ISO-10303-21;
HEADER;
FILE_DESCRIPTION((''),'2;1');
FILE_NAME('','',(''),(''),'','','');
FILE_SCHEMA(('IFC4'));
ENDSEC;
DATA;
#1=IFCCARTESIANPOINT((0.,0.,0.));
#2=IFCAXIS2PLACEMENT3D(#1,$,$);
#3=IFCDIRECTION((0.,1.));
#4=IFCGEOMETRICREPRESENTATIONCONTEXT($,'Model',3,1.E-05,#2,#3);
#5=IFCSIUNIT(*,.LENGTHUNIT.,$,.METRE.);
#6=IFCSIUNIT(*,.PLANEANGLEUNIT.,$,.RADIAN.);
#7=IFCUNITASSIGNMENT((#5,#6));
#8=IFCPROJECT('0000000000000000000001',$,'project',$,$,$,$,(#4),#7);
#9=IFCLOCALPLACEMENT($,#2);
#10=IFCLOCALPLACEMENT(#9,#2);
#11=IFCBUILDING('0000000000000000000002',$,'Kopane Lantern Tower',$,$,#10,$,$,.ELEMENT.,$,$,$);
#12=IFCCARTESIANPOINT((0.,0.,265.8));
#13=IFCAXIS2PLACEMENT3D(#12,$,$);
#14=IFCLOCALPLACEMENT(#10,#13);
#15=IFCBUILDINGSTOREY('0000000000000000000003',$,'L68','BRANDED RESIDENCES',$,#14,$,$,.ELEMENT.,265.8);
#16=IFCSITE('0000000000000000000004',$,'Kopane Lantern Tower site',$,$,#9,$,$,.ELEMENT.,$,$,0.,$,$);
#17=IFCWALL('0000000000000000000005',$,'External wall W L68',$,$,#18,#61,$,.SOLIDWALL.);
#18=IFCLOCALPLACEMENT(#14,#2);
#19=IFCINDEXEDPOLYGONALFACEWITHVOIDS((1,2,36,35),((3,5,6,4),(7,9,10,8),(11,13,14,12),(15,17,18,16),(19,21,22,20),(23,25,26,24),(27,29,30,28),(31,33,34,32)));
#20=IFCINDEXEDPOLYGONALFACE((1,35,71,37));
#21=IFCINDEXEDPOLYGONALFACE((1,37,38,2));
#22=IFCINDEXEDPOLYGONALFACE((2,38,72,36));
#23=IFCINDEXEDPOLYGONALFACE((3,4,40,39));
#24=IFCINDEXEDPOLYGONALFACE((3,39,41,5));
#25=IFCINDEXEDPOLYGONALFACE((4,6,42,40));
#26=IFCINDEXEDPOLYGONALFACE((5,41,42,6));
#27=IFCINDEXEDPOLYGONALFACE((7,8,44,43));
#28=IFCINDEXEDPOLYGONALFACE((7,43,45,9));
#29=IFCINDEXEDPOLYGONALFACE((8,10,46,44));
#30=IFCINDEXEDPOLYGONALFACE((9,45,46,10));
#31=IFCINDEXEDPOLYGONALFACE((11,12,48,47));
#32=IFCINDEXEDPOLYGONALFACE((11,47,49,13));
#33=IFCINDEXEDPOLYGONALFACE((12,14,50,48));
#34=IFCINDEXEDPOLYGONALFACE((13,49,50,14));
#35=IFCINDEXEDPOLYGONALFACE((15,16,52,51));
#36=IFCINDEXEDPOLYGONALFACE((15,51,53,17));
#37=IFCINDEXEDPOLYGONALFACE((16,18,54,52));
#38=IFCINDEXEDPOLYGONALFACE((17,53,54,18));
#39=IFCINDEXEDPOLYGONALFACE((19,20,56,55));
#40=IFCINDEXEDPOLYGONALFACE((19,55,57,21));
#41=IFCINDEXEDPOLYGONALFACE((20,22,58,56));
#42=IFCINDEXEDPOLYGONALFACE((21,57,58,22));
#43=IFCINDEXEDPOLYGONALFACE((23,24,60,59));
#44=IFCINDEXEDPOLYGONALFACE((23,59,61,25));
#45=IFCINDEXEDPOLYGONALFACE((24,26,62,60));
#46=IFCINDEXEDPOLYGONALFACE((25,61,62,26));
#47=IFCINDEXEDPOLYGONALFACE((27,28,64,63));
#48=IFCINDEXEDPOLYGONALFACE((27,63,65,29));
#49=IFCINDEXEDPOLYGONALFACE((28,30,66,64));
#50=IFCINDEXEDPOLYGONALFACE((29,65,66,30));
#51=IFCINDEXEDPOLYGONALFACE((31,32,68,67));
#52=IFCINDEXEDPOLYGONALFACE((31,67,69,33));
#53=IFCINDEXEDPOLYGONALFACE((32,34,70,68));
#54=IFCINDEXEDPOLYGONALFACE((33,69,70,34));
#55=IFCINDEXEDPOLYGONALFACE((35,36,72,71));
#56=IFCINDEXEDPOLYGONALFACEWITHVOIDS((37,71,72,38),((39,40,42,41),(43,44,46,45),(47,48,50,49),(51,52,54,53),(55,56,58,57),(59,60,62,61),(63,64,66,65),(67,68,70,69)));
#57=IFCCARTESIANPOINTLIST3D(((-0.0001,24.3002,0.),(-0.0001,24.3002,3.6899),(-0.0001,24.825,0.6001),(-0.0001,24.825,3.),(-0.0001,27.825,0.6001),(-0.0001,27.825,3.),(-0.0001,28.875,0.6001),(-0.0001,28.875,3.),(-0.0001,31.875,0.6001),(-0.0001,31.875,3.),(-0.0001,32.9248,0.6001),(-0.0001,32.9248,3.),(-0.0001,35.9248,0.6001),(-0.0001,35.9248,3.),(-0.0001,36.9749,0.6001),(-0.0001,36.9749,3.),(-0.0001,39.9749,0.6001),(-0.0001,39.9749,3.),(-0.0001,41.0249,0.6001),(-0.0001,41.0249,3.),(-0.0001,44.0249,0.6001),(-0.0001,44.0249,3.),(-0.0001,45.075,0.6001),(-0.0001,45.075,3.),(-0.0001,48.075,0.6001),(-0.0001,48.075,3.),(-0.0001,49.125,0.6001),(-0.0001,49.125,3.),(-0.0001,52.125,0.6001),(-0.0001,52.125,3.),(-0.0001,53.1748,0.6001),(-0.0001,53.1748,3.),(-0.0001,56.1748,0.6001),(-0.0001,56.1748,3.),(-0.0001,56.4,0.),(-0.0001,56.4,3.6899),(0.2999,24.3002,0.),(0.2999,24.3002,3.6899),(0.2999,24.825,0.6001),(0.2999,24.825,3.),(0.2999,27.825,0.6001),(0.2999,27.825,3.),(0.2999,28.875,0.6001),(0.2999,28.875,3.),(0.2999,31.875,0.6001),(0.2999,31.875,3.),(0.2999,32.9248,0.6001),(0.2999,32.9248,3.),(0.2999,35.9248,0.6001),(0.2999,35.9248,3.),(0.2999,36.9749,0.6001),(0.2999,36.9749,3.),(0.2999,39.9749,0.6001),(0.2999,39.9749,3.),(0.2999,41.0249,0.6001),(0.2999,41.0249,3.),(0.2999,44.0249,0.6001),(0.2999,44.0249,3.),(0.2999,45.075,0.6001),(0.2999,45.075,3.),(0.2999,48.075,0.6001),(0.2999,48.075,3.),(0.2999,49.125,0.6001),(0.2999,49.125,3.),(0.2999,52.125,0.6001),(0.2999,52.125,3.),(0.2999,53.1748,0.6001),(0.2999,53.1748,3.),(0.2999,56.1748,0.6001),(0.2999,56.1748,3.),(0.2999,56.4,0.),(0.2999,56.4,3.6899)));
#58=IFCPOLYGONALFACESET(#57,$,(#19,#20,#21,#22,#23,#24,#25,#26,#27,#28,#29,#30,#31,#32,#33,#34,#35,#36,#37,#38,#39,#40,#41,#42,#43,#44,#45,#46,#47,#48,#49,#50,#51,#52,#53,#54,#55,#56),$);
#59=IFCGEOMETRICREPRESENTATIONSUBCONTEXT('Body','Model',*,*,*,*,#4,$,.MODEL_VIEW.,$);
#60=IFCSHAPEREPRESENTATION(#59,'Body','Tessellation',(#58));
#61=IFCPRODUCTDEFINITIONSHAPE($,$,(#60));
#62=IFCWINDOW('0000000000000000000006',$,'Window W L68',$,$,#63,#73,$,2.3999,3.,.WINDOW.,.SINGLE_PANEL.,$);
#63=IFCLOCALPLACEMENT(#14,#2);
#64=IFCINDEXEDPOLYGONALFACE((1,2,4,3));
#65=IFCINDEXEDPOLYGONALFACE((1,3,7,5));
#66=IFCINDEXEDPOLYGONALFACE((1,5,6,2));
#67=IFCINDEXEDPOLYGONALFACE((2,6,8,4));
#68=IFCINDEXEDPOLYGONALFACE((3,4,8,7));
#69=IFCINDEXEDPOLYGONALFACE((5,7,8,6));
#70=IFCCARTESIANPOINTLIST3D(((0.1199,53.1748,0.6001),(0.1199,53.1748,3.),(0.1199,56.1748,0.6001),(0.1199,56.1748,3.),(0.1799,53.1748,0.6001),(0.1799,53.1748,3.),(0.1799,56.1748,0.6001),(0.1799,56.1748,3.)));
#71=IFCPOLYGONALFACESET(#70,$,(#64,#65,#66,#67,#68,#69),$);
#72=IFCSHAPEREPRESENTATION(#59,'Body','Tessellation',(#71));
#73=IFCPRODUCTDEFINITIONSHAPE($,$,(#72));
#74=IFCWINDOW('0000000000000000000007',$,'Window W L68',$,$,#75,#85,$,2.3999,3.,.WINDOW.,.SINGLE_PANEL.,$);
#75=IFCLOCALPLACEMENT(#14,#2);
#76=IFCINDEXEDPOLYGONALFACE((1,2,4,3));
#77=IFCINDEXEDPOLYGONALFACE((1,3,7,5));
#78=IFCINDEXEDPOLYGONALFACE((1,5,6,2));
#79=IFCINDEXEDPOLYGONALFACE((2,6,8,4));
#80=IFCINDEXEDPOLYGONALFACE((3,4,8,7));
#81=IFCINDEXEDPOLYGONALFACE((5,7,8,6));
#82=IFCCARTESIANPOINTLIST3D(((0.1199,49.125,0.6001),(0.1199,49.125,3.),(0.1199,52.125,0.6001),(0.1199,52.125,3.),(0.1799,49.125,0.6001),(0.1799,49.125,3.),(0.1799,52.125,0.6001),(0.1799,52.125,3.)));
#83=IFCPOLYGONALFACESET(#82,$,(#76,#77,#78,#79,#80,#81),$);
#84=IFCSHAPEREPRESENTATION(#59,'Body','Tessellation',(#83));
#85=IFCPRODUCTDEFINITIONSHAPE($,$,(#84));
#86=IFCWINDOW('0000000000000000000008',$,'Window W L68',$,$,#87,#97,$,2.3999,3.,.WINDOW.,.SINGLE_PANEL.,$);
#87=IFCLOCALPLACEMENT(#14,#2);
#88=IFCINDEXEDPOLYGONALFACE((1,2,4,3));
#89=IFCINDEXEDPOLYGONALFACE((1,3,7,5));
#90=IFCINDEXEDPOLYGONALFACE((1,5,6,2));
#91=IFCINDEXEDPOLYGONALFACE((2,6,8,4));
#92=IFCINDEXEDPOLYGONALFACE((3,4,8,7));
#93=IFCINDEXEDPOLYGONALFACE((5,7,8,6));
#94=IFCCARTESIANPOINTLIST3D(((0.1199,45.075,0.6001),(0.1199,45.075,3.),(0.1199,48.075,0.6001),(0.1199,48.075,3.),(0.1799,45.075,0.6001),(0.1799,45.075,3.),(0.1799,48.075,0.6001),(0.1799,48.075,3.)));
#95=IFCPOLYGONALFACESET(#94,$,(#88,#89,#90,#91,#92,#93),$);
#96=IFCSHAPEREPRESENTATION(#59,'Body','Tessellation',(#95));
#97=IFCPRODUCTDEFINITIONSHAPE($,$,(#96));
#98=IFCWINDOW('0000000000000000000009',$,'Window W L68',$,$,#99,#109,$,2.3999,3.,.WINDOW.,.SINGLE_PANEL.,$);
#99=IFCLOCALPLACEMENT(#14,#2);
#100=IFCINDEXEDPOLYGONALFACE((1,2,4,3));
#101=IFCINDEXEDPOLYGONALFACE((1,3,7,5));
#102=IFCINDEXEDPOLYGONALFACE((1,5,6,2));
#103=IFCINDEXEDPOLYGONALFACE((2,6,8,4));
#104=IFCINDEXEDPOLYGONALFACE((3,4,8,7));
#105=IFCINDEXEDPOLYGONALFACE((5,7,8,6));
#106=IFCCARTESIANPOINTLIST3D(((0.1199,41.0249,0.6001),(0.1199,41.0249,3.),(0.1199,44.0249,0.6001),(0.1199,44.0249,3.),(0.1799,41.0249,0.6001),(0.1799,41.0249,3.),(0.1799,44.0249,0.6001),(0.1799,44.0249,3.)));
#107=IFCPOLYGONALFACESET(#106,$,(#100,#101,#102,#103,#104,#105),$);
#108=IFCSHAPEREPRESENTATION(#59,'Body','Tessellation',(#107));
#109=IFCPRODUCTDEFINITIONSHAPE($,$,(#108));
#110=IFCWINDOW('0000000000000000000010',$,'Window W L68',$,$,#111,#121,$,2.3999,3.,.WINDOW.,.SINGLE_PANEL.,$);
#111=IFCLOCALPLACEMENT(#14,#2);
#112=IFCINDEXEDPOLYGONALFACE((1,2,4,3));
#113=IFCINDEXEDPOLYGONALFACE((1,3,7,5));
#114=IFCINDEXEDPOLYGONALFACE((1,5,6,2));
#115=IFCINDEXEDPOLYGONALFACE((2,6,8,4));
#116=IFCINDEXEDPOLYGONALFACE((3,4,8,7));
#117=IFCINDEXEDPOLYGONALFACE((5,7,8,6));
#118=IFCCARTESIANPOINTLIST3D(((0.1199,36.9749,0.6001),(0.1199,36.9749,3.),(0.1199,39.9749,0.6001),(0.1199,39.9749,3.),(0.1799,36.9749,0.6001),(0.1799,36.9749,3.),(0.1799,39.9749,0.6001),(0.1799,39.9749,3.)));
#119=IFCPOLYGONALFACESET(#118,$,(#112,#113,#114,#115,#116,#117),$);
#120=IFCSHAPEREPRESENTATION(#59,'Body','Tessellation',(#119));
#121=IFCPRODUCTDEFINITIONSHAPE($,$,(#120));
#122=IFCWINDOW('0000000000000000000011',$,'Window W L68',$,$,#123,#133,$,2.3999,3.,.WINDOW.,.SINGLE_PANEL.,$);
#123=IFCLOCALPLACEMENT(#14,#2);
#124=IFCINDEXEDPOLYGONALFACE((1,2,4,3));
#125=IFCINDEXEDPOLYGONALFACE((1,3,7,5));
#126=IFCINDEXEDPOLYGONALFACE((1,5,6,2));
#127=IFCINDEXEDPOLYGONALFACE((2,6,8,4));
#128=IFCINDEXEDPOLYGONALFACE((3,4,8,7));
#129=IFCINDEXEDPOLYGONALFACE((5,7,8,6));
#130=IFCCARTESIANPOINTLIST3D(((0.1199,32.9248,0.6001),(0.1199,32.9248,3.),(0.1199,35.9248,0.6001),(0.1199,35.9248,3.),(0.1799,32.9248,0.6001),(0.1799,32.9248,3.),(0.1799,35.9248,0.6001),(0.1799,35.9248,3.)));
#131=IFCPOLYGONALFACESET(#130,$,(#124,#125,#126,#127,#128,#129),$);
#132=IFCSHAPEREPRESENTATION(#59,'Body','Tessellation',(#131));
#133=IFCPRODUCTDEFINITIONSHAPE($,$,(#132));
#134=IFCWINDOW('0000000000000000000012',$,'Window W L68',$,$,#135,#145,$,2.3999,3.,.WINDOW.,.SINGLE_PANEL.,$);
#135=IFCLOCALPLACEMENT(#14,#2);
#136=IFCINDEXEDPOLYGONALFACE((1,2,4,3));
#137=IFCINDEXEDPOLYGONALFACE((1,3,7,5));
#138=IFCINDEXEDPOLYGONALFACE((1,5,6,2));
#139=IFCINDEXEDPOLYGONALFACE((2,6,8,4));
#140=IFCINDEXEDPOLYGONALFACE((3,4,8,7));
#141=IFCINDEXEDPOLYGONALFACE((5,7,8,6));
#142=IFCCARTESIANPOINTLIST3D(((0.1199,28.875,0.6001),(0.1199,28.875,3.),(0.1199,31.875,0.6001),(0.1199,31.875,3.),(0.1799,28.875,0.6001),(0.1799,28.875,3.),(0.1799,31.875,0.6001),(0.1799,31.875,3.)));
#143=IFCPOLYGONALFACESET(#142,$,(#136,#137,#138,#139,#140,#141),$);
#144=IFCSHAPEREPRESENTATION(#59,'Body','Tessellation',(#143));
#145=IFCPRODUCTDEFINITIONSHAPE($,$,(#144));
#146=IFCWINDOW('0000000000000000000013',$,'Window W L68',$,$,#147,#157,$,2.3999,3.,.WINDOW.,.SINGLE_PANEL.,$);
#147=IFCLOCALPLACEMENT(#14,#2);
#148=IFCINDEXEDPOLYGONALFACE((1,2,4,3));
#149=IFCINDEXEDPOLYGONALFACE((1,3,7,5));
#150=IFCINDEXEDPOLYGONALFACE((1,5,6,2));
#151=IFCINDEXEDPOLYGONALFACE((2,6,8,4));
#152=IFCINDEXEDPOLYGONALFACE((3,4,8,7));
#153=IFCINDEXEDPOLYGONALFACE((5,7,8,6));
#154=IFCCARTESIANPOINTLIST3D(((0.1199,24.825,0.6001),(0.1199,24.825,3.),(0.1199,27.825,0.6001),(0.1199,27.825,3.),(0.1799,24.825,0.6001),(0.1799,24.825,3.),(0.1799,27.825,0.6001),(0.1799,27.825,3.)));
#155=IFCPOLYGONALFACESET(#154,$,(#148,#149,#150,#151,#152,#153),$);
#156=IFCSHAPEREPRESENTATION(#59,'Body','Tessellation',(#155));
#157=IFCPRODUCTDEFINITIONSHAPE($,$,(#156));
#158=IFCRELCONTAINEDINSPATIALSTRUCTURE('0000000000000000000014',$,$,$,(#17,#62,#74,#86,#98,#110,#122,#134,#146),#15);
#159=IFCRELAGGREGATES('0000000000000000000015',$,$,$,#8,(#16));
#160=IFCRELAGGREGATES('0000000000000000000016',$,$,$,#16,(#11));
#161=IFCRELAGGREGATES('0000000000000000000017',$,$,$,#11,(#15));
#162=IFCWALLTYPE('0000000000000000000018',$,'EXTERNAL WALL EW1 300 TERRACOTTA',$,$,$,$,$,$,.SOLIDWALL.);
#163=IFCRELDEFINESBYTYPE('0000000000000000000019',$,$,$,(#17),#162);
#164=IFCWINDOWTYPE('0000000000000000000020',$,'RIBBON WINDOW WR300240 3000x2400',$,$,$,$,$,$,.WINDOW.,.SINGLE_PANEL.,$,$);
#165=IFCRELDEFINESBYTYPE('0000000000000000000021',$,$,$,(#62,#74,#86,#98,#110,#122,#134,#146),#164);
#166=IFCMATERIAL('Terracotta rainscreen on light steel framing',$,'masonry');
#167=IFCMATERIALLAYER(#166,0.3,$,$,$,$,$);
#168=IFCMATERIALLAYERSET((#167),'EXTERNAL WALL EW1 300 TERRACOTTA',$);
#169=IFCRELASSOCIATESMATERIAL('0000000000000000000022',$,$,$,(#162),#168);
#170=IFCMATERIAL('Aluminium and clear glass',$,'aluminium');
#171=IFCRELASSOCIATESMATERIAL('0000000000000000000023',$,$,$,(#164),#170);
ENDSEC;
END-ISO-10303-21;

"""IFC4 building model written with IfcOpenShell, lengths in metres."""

from ifc_helpers import new_model, si_unit, direction, frame, frame_2d, origin, place, context, subcontext, project, spatial, rectangle, extrude, material, layer, layer_set, type_object, element, fill, save


model = new_model("IFC4")

# Units and contexts
model_context = context("Model", 3, precision=1e-05, world=origin(), true_north=direction((0.0, 1.0)))
body_context = subcontext(model_context, "Body", "Model", "MODEL_VIEW")
ifc_project = project(units=[si_unit("LENGTHUNIT", "METRE"), si_unit("PLANEANGLEUNIT", "RADIAN")], contexts=[model_context])

# Site, building, storey
site_placement = place(None, origin())
site = spatial("IfcSite", under=ifc_project, at=site_placement, Name="Kopane Lantern Tower site", CompositionType="ELEMENT", RefElevation=0.0)
building_placement = place(site_placement, origin())
building = spatial("IfcBuilding", under=site, at=building_placement, Name="Kopane Lantern Tower", CompositionType="ELEMENT")
storey_placement = place(building_placement, frame((0.0, 0.0, 265.8)))
storey = spatial("IfcBuildingStorey", under=building, at=storey_placement, Name="L68", Description="BRANDED RESIDENCES", CompositionType="ELEMENT", Elevation=265.8)

# Shared definitions
ifc_material_1 = material(Name="Terracotta rainscreen on light steel framing", Category="masonry")
ifc_layer_1 = layer(ifc_material_1, 0.3)
ifc_layer_set_1 = layer_set([ifc_layer_1], Name="EXTERNAL WALL EW1 300 TERRACOTTA")
wall_type_1 = type_object("IfcWallType", Name="EXTERNAL WALL EW1 300 TERRACOTTA", PredefinedType="SOLIDWALL", material=ifc_layer_set_1)

# Wall, openings, windows
wall_1_placement = place(storey_placement, frame((0.1499, 56.3999, 0.0), z_axis=(0.0, 0.0, 1.0), x_axis=(0.0, -1.0, 0.0)))
wall_1 = element("IfcWall", 1, at=wall_1_placement, inside=storey, type_object=wall_type_1, Name="External wall W L68", PredefinedType="SOLIDWALL", context=body_context, shape_type="SweptSolid", body=[
    extrude(rectangle(XDim=32.0999, YDim=0.3, at=frame_2d((16.0498, 0.0))), origin(), (0.0, 0.0, 1.0), 3.6899),
])
opening_1_placement = place(wall_1_placement, frame((0.2251, 0.0, 0.6001)))
opening_1 = element("IfcOpeningElement", 2, at=opening_1_placement, cuts=wall_1, PredefinedType="OPENING", context=body_context, shape_type="SweptSolid", body=[
    extrude(rectangle(XDim=3.0, YDim=2.3999, at=frame_2d((1.5, 1.2))), frame((0.0, 0.1599, 0.0), z_axis=(0.0, -1.0, 0.0), x_axis=(1.0, 0.0, 0.0)), (0.0, 0.0, 1.0), 0.3201),
])
opening_2_placement = place(wall_1_placement, frame((4.2749, 0.0, 0.6001)))
opening_2 = element("IfcOpeningElement", 3, at=opening_2_placement, cuts=wall_1, PredefinedType="OPENING", context=body_context, shape_type="SweptSolid", body=[
    extrude(rectangle(XDim=3.0, YDim=2.3999, at=frame_2d((1.5, 1.2))), frame((0.0, 0.1599, 0.0), z_axis=(0.0, -1.0, 0.0), x_axis=(1.0, 0.0, 0.0)), (0.0, 0.0, 1.0), 0.3201),
])
opening_3_placement = place(wall_1_placement, frame((8.325, 0.0, 0.6001)))
opening_3 = element("IfcOpeningElement", 4, at=opening_3_placement, cuts=wall_1, PredefinedType="OPENING", context=body_context, shape_type="SweptSolid", body=[
    extrude(rectangle(XDim=3.0, YDim=2.3999, at=frame_2d((1.5, 1.2))), frame((0.0, 0.1599, 0.0), z_axis=(0.0, -1.0, 0.0), x_axis=(1.0, 0.0, 0.0)), (0.0, 0.0, 1.0), 0.3201),
])
opening_4_placement = place(wall_1_placement, frame((12.375, 0.0, 0.6001)))
opening_4 = element("IfcOpeningElement", 5, at=opening_4_placement, cuts=wall_1, PredefinedType="OPENING", context=body_context, shape_type="SweptSolid", body=[
    extrude(rectangle(XDim=3.0, YDim=2.3999, at=frame_2d((1.5, 1.2))), frame((0.0, 0.1599, 0.0), z_axis=(0.0, -1.0, 0.0), x_axis=(1.0, 0.0, 0.0)), (0.0, 0.0, 1.0), 0.3201),
])
opening_5_placement = place(wall_1_placement, frame((16.425, 0.0, 0.6001)))
opening_5 = element("IfcOpeningElement", 6, at=opening_5_placement, cuts=wall_1, PredefinedType="OPENING", context=body_context, shape_type="SweptSolid", body=[
    extrude(rectangle(XDim=3.0, YDim=2.3999, at=frame_2d((1.5, 1.2))), frame((0.0, 0.1599, 0.0), z_axis=(0.0, -1.0, 0.0), x_axis=(1.0, 0.0, 0.0)), (0.0, 0.0, 1.0), 0.3201),
])
opening_6_placement = place(wall_1_placement, frame((20.4751, 0.0, 0.6001)))
opening_6 = element("IfcOpeningElement", 7, at=opening_6_placement, cuts=wall_1, PredefinedType="OPENING", context=body_context, shape_type="SweptSolid", body=[
    extrude(rectangle(XDim=3.0, YDim=2.3999, at=frame_2d((1.5, 1.2))), frame((0.0, 0.1599, 0.0), z_axis=(0.0, -1.0, 0.0), x_axis=(1.0, 0.0, 0.0)), (0.0, 0.0, 1.0), 0.3201),
])
opening_7_placement = place(wall_1_placement, frame((24.5249, 0.0, 0.6001)))
opening_7 = element("IfcOpeningElement", 8, at=opening_7_placement, cuts=wall_1, PredefinedType="OPENING", context=body_context, shape_type="SweptSolid", body=[
    extrude(rectangle(XDim=3.0, YDim=2.3999, at=frame_2d((1.5, 1.2))), frame((0.0, 0.1599, 0.0), z_axis=(0.0, -1.0, 0.0), x_axis=(1.0, 0.0, 0.0)), (0.0, 0.0, 1.0), 0.3201),
])
opening_8_placement = place(wall_1_placement, frame((28.575, 0.0, 0.6001)))
opening_8 = element("IfcOpeningElement", 9, at=opening_8_placement, cuts=wall_1, PredefinedType="OPENING", context=body_context, shape_type="SweptSolid", body=[
    extrude(rectangle(XDim=3.0, YDim=2.3999, at=frame_2d((1.5, 1.2))), frame((0.0, 0.1599, 0.0), z_axis=(0.0, -1.0, 0.0), x_axis=(1.0, 0.0, 0.0)), (0.0, 0.0, 1.0), 0.3201),
])
ifc_material_2 = material(Name="Aluminium and clear glass", Category="aluminium")
window_type_1 = type_object("IfcWindowType", Name="RIBBON WINDOW WR300240 3000x2400", PartitioningType="SINGLE_PANEL", PredefinedType="WINDOW", material=ifc_material_2)
window_1_placement = place(opening_1_placement, origin())
window_1 = element("IfcWindow", 10, at=window_1_placement, inside=storey, type_object=window_type_1, Name="Window W L68", OverallHeight=2.3999, OverallWidth=3.0, PartitioningType="SINGLE_PANEL", PredefinedType="WINDOW", context=body_context, shape_type="SweptSolid", body=[
    extrude(rectangle(XDim=3.0, YDim=2.3999, at=frame_2d((1.5, 1.2))), frame((0.0, 0.03, 0.0), z_axis=(0.0, -1.0, 0.0), x_axis=(1.0, 0.0, 0.0)), (0.0, 0.0, 1.0), 0.0601),
])
fill(opening_1, window_1)
window_2_placement = place(opening_2_placement, origin())
window_2 = element("IfcWindow", 11, at=window_2_placement, inside=storey, type_object=window_type_1, Name="Window W L68", OverallHeight=2.3999, OverallWidth=3.0, PartitioningType="SINGLE_PANEL", PredefinedType="WINDOW", context=body_context, shape_type="SweptSolid", body=[
    extrude(rectangle(XDim=3.0, YDim=2.3999, at=frame_2d((1.5, 1.2))), frame((0.0, 0.03, 0.0), z_axis=(0.0, -1.0, 0.0), x_axis=(1.0, 0.0, 0.0)), (0.0, 0.0, 1.0), 0.0601),
])
fill(opening_2, window_2)
window_3_placement = place(opening_3_placement, origin())
window_3 = element("IfcWindow", 12, at=window_3_placement, inside=storey, type_object=window_type_1, Name="Window W L68", OverallHeight=2.3999, OverallWidth=3.0, PartitioningType="SINGLE_PANEL", PredefinedType="WINDOW", context=body_context, shape_type="SweptSolid", body=[
    extrude(rectangle(XDim=3.0, YDim=2.3999, at=frame_2d((1.5, 1.2))), frame((0.0, 0.03, 0.0), z_axis=(0.0, -1.0, 0.0), x_axis=(1.0, 0.0, 0.0)), (0.0, 0.0, 1.0), 0.0601),
])
fill(opening_3, window_3)
window_4_placement = place(opening_4_placement, origin())
window_4 = element("IfcWindow", 13, at=window_4_placement, inside=storey, type_object=window_type_1, Name="Window W L68", OverallHeight=2.3999, OverallWidth=3.0, PartitioningType="SINGLE_PANEL", PredefinedType="WINDOW", context=body_context, shape_type="SweptSolid", body=[
    extrude(rectangle(XDim=3.0, YDim=2.3999, at=frame_2d((1.5, 1.2))), frame((0.0, 0.03, 0.0), z_axis=(0.0, -1.0, 0.0), x_axis=(1.0, 0.0, 0.0)), (0.0, 0.0, 1.0), 0.0601),
])
fill(opening_4, window_4)
window_5_placement = place(opening_5_placement, origin())
window_5 = element("IfcWindow", 14, at=window_5_placement, inside=storey, type_object=window_type_1, Name="Window W L68", OverallHeight=2.3999, OverallWidth=3.0, PartitioningType="SINGLE_PANEL", PredefinedType="WINDOW", context=body_context, shape_type="SweptSolid", body=[
    extrude(rectangle(XDim=3.0, YDim=2.3999, at=frame_2d((1.5, 1.2))), frame((0.0, 0.03, 0.0), z_axis=(0.0, -1.0, 0.0), x_axis=(1.0, 0.0, 0.0)), (0.0, 0.0, 1.0), 0.0601),
])
fill(opening_5, window_5)
window_6_placement = place(opening_6_placement, origin())
window_6 = element("IfcWindow", 15, at=window_6_placement, inside=storey, type_object=window_type_1, Name="Window W L68", OverallHeight=2.3999, OverallWidth=3.0, PartitioningType="SINGLE_PANEL", PredefinedType="WINDOW", context=body_context, shape_type="SweptSolid", body=[
    extrude(rectangle(XDim=3.0, YDim=2.3999, at=frame_2d((1.5, 1.2))), frame((0.0, 0.03, 0.0), z_axis=(0.0, -1.0, 0.0), x_axis=(1.0, 0.0, 0.0)), (0.0, 0.0, 1.0), 0.0601),
])
fill(opening_6, window_6)
window_7_placement = place(opening_7_placement, origin())
window_7 = element("IfcWindow", 16, at=window_7_placement, inside=storey, type_object=window_type_1, Name="Window W L68", OverallHeight=2.3999, OverallWidth=3.0, PartitioningType="SINGLE_PANEL", PredefinedType="WINDOW", context=body_context, shape_type="SweptSolid", body=[
    extrude(rectangle(XDim=3.0, YDim=2.3999, at=frame_2d((1.5, 1.2))), frame((0.0, 0.03, 0.0), z_axis=(0.0, -1.0, 0.0), x_axis=(1.0, 0.0, 0.0)), (0.0, 0.0, 1.0), 0.0601),
])
fill(opening_7, window_7)
window_8_placement = place(opening_8_placement, origin())
window_8 = element("IfcWindow", 17, at=window_8_placement, inside=storey, type_object=window_type_1, Name="Window W L68", OverallHeight=2.3999, OverallWidth=3.0, PartitioningType="SINGLE_PANEL", PredefinedType="WINDOW", context=body_context, shape_type="SweptSolid", body=[
    extrude(rectangle(XDim=3.0, YDim=2.3999, at=frame_2d((1.5, 1.2))), frame((0.0, 0.03, 0.0), z_axis=(0.0, -1.0, 0.0), x_axis=(1.0, 0.0, 0.0)), (0.0, 0.0, 1.0), 0.0601),
])
fill(opening_8, window_8)

save(model, "model.ifc")
